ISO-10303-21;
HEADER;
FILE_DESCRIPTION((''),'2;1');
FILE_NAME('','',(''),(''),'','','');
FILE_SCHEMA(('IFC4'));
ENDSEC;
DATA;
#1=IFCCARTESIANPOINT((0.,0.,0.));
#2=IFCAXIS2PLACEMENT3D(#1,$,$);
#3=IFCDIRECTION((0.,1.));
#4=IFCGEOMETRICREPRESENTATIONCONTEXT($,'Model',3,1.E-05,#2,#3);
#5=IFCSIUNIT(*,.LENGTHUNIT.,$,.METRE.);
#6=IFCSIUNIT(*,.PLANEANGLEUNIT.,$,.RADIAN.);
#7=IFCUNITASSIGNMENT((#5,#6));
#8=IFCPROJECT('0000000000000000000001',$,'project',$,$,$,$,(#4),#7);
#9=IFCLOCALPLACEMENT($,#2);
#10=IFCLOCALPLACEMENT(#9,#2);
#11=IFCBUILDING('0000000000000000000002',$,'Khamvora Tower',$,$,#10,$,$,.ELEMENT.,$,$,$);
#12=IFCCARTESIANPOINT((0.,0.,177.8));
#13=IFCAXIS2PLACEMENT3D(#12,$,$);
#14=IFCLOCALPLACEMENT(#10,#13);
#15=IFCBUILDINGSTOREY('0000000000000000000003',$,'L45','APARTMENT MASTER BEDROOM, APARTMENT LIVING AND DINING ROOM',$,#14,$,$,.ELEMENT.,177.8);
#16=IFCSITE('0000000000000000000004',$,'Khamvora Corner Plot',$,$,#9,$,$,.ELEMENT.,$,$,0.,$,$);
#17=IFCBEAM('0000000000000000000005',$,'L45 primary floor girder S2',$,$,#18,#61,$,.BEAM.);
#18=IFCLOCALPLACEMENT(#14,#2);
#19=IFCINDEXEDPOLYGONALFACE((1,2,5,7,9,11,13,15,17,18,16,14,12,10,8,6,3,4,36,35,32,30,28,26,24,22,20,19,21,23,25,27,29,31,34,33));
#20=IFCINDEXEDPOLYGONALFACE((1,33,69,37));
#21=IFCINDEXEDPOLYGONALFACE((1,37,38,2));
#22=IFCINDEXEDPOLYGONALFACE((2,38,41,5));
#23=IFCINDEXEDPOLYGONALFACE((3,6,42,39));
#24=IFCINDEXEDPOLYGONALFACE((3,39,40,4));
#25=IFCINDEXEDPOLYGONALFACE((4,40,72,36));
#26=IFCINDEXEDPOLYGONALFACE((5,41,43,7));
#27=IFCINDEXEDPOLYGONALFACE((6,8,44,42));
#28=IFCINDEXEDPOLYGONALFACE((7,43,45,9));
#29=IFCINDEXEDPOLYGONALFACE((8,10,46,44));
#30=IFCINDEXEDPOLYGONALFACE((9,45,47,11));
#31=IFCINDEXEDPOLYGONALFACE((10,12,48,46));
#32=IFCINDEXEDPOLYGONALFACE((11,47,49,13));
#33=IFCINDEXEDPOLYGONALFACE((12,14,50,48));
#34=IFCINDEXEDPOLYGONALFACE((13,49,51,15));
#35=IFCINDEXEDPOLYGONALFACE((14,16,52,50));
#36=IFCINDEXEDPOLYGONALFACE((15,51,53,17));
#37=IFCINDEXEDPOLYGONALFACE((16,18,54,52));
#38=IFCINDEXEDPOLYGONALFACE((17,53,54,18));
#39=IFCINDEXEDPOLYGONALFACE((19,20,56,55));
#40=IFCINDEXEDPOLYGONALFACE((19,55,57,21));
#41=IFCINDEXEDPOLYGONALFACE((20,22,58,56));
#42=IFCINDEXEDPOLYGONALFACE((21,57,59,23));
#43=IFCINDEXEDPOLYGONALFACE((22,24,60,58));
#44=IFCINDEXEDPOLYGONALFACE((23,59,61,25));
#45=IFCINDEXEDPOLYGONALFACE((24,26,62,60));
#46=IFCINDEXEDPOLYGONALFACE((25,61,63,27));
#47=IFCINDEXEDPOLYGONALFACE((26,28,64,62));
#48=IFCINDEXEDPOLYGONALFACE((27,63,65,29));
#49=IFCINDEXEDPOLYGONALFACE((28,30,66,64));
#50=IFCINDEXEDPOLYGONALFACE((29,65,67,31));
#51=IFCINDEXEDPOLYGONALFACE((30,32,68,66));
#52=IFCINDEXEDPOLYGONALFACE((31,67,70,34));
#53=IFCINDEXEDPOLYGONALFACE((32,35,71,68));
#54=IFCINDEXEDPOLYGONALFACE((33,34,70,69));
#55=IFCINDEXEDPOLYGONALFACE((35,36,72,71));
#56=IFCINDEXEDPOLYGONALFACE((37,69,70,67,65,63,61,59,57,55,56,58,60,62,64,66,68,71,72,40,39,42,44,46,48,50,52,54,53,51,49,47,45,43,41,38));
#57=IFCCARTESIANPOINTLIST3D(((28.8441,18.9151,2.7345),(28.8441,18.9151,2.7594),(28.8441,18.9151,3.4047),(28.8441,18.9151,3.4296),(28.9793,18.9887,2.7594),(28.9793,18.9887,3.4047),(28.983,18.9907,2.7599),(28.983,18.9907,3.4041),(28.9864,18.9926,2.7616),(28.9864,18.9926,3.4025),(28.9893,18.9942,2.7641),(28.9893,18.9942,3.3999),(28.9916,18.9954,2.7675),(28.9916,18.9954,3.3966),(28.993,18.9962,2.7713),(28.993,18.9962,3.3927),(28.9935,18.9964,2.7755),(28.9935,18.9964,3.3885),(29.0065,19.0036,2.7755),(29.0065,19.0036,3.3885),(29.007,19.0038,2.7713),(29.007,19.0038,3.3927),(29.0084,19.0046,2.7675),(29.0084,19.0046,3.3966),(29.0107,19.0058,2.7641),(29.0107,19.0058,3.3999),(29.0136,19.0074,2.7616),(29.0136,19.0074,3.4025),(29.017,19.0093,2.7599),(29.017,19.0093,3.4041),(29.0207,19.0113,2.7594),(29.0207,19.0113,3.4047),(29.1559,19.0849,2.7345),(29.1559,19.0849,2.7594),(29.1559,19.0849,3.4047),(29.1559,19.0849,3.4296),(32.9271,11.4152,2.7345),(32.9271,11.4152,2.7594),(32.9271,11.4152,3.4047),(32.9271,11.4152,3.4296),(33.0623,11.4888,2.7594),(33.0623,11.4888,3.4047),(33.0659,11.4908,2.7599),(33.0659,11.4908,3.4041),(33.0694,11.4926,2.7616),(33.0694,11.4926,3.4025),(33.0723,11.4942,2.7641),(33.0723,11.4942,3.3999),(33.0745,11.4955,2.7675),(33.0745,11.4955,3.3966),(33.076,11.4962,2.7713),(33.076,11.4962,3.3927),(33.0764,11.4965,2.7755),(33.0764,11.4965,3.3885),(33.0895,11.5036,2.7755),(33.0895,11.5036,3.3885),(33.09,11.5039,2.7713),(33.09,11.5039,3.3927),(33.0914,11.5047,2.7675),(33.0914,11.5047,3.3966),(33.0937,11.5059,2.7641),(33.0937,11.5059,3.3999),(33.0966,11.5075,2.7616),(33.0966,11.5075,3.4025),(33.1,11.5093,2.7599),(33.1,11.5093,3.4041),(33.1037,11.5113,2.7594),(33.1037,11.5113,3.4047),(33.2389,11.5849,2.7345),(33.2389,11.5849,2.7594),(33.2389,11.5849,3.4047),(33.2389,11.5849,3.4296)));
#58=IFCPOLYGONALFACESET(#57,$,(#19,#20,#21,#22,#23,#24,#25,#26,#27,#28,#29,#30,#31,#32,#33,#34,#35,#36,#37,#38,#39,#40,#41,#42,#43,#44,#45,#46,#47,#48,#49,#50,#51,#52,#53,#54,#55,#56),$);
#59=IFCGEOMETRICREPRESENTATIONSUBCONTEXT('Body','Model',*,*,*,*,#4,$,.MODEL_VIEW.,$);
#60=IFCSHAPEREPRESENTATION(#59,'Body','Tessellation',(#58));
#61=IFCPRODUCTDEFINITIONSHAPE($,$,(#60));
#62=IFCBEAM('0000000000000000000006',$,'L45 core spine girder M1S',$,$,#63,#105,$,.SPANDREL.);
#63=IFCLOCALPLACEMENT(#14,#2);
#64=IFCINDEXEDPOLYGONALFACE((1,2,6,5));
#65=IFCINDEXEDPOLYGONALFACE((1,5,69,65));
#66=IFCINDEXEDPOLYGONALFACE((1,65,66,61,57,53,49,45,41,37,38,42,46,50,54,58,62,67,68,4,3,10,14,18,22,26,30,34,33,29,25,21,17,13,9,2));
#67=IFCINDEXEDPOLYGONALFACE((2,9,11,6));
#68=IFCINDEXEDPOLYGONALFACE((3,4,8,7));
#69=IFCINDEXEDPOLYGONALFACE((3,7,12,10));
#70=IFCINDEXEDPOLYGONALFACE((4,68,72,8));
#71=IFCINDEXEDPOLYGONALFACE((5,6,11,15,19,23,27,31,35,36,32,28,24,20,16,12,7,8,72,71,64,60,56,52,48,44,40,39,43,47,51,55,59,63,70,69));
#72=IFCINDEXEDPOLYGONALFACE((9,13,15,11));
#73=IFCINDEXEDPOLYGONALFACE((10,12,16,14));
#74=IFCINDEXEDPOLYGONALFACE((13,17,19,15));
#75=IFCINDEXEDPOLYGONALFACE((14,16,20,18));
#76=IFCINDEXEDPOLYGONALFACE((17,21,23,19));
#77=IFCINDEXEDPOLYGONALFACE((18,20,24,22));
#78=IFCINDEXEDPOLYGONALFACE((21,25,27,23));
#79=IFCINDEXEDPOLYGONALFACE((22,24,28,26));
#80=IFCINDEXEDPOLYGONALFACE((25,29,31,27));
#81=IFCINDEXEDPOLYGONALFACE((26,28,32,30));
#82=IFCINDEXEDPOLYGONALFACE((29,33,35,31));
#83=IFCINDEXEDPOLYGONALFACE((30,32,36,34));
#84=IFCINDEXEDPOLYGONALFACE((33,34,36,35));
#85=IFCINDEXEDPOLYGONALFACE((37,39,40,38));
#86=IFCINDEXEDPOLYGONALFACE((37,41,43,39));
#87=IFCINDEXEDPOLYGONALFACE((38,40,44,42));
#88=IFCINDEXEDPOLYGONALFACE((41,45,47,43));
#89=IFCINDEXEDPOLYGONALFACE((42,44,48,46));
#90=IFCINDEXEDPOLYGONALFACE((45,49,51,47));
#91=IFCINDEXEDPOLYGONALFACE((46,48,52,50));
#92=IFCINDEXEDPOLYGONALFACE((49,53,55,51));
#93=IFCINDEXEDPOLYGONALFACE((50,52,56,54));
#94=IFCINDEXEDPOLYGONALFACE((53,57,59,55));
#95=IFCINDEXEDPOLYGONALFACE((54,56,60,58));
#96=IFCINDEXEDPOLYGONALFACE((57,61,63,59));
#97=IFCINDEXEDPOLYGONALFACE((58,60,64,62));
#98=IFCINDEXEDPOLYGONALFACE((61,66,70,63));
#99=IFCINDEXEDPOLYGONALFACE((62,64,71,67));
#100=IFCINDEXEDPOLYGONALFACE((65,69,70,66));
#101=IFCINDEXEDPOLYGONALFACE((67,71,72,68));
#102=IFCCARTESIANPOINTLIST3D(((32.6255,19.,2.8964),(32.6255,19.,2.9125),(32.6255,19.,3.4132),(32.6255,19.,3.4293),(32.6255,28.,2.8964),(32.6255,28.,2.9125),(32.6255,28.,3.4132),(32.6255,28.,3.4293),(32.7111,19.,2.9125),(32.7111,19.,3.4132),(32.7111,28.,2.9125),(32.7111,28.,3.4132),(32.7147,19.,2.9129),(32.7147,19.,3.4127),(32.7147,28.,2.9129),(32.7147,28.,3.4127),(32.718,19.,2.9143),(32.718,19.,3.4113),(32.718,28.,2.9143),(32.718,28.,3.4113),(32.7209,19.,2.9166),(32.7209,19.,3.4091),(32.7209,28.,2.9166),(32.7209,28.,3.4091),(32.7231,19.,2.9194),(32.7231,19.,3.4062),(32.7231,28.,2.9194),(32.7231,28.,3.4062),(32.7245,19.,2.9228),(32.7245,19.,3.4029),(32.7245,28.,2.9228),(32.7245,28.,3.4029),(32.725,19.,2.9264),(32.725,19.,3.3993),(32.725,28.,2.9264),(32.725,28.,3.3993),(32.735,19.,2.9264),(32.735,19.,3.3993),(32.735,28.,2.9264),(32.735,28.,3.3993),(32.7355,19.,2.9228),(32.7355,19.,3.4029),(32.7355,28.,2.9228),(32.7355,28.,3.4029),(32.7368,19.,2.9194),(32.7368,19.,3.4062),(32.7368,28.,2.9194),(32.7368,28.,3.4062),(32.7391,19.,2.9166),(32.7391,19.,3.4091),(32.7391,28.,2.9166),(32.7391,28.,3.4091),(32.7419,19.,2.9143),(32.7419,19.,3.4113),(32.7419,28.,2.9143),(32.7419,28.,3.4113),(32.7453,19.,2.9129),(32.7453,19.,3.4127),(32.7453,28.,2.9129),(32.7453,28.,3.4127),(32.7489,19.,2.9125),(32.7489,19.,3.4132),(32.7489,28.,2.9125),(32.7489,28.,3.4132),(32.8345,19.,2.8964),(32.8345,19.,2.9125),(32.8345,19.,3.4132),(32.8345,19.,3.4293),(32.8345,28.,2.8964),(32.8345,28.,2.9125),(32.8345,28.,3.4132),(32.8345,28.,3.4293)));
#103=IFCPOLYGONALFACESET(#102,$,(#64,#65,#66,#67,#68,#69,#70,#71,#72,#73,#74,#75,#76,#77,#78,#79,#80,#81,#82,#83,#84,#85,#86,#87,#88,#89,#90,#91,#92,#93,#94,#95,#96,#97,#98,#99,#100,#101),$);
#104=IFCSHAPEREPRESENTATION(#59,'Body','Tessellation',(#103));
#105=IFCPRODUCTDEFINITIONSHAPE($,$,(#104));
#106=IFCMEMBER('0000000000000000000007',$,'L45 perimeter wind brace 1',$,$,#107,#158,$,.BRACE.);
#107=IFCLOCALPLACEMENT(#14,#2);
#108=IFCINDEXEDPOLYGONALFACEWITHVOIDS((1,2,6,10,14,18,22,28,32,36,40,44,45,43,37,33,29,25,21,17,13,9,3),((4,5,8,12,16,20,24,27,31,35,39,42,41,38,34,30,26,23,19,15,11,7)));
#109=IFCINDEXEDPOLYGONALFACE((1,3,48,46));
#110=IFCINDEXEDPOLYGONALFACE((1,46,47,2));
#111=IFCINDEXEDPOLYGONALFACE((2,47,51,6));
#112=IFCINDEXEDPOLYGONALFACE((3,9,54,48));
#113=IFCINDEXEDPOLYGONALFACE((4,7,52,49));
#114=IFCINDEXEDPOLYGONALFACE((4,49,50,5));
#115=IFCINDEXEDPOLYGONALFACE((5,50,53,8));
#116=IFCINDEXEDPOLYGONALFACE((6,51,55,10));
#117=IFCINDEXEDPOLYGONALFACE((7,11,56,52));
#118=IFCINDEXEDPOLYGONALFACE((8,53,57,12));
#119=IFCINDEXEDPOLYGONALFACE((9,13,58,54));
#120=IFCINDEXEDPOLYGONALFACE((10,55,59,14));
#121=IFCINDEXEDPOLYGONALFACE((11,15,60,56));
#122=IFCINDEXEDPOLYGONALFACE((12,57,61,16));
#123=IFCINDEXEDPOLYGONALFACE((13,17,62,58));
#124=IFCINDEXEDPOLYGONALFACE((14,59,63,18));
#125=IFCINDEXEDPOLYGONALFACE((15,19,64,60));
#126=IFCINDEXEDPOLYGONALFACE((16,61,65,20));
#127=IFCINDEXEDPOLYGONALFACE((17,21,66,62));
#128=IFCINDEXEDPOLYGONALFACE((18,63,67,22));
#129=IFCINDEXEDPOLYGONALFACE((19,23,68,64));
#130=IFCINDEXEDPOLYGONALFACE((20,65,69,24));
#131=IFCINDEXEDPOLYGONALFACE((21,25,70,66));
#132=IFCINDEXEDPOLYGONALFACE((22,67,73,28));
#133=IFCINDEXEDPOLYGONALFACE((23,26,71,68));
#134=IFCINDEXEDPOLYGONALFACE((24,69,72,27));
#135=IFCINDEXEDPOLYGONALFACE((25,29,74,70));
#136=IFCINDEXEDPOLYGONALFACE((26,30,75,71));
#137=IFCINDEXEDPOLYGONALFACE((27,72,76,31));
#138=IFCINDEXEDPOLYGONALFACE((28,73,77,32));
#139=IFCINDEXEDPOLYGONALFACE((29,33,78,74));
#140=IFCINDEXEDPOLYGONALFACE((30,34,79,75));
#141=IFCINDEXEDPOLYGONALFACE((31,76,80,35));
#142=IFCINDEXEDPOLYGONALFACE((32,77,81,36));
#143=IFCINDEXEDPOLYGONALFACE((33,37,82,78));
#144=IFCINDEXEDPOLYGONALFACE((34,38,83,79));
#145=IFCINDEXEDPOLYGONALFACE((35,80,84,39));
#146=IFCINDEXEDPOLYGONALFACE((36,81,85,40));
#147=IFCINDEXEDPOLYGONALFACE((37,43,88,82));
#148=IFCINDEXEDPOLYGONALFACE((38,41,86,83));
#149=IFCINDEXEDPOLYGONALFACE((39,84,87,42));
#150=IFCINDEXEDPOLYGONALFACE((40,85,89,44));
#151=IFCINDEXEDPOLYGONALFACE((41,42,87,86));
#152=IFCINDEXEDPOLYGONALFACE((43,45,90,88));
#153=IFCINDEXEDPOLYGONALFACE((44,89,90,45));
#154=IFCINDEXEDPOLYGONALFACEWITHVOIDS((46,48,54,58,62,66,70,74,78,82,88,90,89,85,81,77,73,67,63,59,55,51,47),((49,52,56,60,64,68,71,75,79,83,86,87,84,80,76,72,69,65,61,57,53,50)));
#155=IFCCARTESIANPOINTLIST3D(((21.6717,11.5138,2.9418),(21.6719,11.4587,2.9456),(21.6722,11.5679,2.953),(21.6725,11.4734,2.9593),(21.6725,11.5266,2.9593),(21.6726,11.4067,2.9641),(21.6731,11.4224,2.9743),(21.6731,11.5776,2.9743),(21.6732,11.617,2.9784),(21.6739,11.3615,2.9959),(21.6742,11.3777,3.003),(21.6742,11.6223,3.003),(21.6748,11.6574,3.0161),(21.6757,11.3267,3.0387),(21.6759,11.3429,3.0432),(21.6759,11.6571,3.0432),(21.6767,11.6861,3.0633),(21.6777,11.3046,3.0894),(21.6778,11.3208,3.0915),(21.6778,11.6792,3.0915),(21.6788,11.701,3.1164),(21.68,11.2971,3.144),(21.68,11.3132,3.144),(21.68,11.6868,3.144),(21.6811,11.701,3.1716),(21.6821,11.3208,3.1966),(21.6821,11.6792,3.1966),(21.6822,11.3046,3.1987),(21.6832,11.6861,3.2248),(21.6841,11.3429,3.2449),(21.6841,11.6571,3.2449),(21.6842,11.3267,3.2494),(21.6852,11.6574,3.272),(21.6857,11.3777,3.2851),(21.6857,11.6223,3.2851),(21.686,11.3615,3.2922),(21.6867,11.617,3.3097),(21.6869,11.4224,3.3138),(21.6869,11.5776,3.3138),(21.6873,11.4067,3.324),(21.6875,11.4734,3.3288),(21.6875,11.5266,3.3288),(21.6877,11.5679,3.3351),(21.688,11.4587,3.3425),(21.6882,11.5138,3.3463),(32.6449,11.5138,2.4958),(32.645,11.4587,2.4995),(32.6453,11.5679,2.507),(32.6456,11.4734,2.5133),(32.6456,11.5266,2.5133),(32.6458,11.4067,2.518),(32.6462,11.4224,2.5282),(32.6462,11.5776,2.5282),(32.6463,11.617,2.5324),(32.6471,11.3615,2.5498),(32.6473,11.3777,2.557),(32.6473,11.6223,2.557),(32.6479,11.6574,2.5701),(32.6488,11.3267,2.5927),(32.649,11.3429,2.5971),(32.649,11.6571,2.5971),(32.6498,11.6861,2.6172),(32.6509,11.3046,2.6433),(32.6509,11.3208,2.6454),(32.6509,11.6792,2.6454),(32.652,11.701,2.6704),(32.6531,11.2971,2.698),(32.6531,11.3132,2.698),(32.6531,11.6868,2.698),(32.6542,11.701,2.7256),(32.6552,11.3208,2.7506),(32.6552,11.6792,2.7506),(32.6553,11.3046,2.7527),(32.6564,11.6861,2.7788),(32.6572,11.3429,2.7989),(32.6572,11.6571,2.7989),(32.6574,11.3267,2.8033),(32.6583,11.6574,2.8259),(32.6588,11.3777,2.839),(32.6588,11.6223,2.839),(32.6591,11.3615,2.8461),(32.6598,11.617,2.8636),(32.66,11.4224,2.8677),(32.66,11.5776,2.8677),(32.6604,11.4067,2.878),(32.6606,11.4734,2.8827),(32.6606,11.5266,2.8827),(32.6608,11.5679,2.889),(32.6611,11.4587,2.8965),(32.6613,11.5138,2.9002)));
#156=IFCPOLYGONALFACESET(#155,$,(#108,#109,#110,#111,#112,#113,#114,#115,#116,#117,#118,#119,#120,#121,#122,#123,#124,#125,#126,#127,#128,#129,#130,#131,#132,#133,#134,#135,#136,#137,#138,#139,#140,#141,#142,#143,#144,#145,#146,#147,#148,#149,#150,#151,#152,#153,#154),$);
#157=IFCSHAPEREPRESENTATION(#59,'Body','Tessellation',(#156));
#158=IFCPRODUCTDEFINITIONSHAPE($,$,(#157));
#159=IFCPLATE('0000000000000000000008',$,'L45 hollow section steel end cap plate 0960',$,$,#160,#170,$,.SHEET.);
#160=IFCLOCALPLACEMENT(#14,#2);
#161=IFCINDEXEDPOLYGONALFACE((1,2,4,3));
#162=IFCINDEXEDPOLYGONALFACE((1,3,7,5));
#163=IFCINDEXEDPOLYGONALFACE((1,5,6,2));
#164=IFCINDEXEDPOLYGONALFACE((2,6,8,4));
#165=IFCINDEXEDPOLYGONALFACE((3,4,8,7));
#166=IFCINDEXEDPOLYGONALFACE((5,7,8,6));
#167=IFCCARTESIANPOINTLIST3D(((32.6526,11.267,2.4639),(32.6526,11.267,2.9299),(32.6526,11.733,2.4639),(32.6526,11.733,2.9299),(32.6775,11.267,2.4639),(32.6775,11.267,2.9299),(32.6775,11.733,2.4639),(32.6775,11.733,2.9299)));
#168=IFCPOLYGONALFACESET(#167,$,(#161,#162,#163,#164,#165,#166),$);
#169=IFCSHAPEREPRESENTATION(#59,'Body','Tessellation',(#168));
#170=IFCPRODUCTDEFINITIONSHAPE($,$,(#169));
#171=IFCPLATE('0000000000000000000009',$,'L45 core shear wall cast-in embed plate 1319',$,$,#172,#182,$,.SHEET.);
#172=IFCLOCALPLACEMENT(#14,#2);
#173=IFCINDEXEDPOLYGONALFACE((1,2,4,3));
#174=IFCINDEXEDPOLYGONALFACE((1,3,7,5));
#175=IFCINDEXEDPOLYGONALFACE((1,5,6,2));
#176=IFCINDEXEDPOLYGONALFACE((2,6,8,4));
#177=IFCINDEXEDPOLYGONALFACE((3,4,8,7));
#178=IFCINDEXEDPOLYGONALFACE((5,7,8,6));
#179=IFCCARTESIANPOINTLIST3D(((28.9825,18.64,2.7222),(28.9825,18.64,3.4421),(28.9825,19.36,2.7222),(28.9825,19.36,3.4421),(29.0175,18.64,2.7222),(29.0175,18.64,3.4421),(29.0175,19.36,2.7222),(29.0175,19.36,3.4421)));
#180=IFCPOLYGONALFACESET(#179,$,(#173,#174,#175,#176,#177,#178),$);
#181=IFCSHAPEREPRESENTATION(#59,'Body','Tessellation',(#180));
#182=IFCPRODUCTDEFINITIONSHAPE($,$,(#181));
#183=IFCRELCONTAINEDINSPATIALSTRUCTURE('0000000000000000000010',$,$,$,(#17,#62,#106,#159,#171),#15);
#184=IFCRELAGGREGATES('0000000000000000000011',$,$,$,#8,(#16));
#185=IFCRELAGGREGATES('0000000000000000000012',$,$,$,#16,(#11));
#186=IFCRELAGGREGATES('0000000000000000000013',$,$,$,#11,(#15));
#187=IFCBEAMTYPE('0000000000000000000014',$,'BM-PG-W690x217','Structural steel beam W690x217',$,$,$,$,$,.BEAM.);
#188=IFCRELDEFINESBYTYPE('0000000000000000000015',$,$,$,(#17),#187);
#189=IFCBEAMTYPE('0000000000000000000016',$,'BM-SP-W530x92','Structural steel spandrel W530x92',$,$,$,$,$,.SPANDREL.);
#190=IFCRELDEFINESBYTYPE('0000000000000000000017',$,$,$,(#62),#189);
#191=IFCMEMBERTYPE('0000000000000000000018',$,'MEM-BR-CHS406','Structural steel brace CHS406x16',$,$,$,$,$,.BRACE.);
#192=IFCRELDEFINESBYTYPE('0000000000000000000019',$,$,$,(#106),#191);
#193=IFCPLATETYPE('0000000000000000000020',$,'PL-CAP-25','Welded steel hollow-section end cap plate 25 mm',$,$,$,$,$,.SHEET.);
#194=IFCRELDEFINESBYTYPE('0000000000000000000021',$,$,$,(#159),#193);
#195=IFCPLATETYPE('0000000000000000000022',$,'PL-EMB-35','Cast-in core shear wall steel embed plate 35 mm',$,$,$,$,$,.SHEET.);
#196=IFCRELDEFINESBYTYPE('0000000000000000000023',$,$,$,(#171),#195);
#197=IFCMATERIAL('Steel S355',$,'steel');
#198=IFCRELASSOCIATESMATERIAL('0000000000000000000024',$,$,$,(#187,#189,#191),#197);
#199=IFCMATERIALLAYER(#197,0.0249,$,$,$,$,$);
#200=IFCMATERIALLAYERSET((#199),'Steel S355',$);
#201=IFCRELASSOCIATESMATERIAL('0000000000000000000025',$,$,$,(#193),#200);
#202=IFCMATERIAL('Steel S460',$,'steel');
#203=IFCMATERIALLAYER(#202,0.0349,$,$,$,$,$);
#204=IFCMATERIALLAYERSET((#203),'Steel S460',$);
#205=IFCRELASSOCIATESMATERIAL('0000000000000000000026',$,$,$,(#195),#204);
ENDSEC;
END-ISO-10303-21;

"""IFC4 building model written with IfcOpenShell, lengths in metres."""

from ifc_helpers import new_model, si_unit, direction, frame, origin, origin_2d, place, context, subcontext, project, spatial, rectangle, hollow_circle, i_section, extrude, material, layer, layer_set, material_profile, profile_set, type_object, element, save


model = new_model("IFC4")

# Units and contexts
model_context = context("Model", 3, precision=1e-05, world=origin(), true_north=direction((0.0, 1.0)))
body_context = subcontext(model_context, "Body", "Model", "MODEL_VIEW")
ifc_project = project(units=[si_unit("LENGTHUNIT", "METRE"), si_unit("PLANEANGLEUNIT", "RADIAN")], contexts=[model_context])

# Site, building, storey
site_placement = place(None, origin())
site = spatial("IfcSite", under=ifc_project, at=site_placement, Name="Khamvora Corner Plot", CompositionType="ELEMENT", RefElevation=0.0)
building_placement = place(site_placement, origin())
building = spatial("IfcBuilding", under=site, at=building_placement, Name="Khamvora Tower", CompositionType="ELEMENT")
storey_placement = place(building_placement, frame((0.0, 0.0, 177.8)))
storey = spatial("IfcBuildingStorey", under=building, at=storey_placement, Name="L45", Description="APARTMENT MASTER BEDROOM, APARTMENT LIVING AND DINING ROOM", CompositionType="ELEMENT", Elevation=177.8)

# Shared definitions
ifc_material_1 = material(Name="Steel S460", Category="steel")
ifc_material_2 = material(Name="Steel S355", Category="steel")

# Beams
ifc_material_profile_1 = material_profile(ifc_material_2, i_section(OverallWidth=0.355, OverallDepth=0.6951, WebThickness=0.0149, FlangeThickness=0.0249, FilletRadius=0.0161, at=origin_2d()), Name="W690x217")
ifc_profile_set_1 = profile_set([ifc_material_profile_1], Name="Steel S355")
beam_type_1 = type_object("IfcBeamType", Name="BM-PG-W690x217", Description="Structural steel beam W690x217", PredefinedType="BEAM", material=ifc_profile_set_1)
beam_1_placement = place(storey_placement, frame((29.0, 19.0, 3.082), z_axis=(0.478139, -0.878284, 0.0), x_axis=(0.878284, 0.478139, 0.0)))
element("IfcBeam", 1, at=beam_1_placement, inside=storey, type_object=beam_type_1, Name="L45 primary floor girder S2", PredefinedType="BEAM", context=body_context, shape_type="SweptSolid", body=[
    extrude(i_section(OverallWidth=0.355, OverallDepth=0.6951, WebThickness=0.0149, FlangeThickness=0.0249, FilletRadius=0.0161, at=origin_2d()), origin(), (0.0, 0.0, 1.0), 8.5393),
])
ifc_material_profile_2 = material_profile(ifc_material_2, i_section(OverallWidth=0.209, OverallDepth=0.533, WebThickness=0.01, FlangeThickness=0.0161, FilletRadius=0.0139, at=origin_2d()), Name="W530x92")
ifc_profile_set_2 = profile_set([ifc_material_profile_2], Name="Steel S355")
beam_type_2 = type_object("IfcBeamType", Name="BM-SP-W530x92", Description="Structural steel spandrel W530x92", PredefinedType="SPANDREL", material=ifc_profile_set_2)
beam_2_placement = place(storey_placement, frame((32.73, 19.0, 3.1628), z_axis=(0.0, 1.0, 0.0), x_axis=(-1.0, 0.0, 0.0)))
element("IfcBeam", 2, at=beam_2_placement, inside=storey, type_object=beam_type_2, Name="L45 core spine girder M1S", PredefinedType="SPANDREL", context=body_context, shape_type="SweptSolid", body=[
    extrude(i_section(OverallWidth=0.209, OverallDepth=0.533, WebThickness=0.01, FlangeThickness=0.0161, FilletRadius=0.0139, at=origin_2d()), origin(), (0.0, 0.0, 1.0), 9.0),
])

# Member
ifc_material_profile_3 = material_profile(ifc_material_2, hollow_circle(Radius=0.2029, WallThickness=0.0161, at=origin_2d()), Name="CHS406x16")
ifc_profile_set_3 = profile_set([ifc_material_profile_3], Name="Steel S355")
member_type = type_object("IfcMemberType", Name="MEM-BR-CHS406", Description="Structural steel brace CHS406x16", PredefinedType="BRACE", material=ifc_profile_set_3)
member_placement = place(storey_placement, frame((32.6531, 11.5, 2.698), z_axis=(-0.999175, 0.0, 0.040615), x_axis=(0.0, -1.0, 0.0)))
element("IfcMember", 3, at=member_placement, inside=storey, type_object=member_type, Name="L45 perimeter wind brace 1", PredefinedType="BRACE", context=body_context, shape_type="SweptSolid", body=[
    extrude(hollow_circle(Radius=0.2029, WallThickness=0.0161, at=origin_2d()), origin(), (0.0, 0.0, 1.0), 10.9822),
])

# Plates
ifc_layer_1 = layer(ifc_material_2, 0.0249)
ifc_layer_set_1 = layer_set([ifc_layer_1], Name="Steel S355")
plate_type_1 = type_object("IfcPlateType", Name="PL-CAP-25", Description="Welded steel hollow-section end cap plate 25 mm", PredefinedType="SHEET", material=ifc_layer_set_1)
plate_1_placement = place(storey_placement, frame((32.665, 11.5, 2.4639), z_axis=(0.0, 0.0, 1.0), x_axis=(-1.0, 0.0, 0.0)))
element("IfcPlate", 4, at=plate_1_placement, inside=storey, type_object=plate_type_1, Name="L45 hollow section steel end cap plate 0960", PredefinedType="SHEET", context=body_context, shape_type="SweptSolid", body=[
    extrude(rectangle(XDim=0.0249, YDim=0.4661, at=origin_2d()), origin(), (0.0, 0.0, 1.0), 0.4661),
])
ifc_layer_2 = layer(ifc_material_1, 0.0349)
ifc_layer_set_2 = layer_set([ifc_layer_2], Name="Steel S460")
plate_type_2 = type_object("IfcPlateType", Name="PL-EMB-35", Description="Cast-in core shear wall steel embed plate 35 mm", PredefinedType="SHEET", material=ifc_layer_set_2)
plate_2_placement = place(storey_placement, frame((29.0, 19.0, 2.7222), z_axis=(0.0, 0.0, 1.0), x_axis=(1.0, 0.0, 0.0)))
element("IfcPlate", 5, at=plate_2_placement, inside=storey, type_object=plate_type_2, Name="L45 core shear wall cast-in embed plate 1319", PredefinedType="SHEET", context=body_context, shape_type="SweptSolid", body=[
    extrude(rectangle(XDim=0.0349, YDim=0.72, at=origin_2d()), origin(), (0.0, 0.0, 1.0), 0.72),
])

save(model, "model.ifc")
